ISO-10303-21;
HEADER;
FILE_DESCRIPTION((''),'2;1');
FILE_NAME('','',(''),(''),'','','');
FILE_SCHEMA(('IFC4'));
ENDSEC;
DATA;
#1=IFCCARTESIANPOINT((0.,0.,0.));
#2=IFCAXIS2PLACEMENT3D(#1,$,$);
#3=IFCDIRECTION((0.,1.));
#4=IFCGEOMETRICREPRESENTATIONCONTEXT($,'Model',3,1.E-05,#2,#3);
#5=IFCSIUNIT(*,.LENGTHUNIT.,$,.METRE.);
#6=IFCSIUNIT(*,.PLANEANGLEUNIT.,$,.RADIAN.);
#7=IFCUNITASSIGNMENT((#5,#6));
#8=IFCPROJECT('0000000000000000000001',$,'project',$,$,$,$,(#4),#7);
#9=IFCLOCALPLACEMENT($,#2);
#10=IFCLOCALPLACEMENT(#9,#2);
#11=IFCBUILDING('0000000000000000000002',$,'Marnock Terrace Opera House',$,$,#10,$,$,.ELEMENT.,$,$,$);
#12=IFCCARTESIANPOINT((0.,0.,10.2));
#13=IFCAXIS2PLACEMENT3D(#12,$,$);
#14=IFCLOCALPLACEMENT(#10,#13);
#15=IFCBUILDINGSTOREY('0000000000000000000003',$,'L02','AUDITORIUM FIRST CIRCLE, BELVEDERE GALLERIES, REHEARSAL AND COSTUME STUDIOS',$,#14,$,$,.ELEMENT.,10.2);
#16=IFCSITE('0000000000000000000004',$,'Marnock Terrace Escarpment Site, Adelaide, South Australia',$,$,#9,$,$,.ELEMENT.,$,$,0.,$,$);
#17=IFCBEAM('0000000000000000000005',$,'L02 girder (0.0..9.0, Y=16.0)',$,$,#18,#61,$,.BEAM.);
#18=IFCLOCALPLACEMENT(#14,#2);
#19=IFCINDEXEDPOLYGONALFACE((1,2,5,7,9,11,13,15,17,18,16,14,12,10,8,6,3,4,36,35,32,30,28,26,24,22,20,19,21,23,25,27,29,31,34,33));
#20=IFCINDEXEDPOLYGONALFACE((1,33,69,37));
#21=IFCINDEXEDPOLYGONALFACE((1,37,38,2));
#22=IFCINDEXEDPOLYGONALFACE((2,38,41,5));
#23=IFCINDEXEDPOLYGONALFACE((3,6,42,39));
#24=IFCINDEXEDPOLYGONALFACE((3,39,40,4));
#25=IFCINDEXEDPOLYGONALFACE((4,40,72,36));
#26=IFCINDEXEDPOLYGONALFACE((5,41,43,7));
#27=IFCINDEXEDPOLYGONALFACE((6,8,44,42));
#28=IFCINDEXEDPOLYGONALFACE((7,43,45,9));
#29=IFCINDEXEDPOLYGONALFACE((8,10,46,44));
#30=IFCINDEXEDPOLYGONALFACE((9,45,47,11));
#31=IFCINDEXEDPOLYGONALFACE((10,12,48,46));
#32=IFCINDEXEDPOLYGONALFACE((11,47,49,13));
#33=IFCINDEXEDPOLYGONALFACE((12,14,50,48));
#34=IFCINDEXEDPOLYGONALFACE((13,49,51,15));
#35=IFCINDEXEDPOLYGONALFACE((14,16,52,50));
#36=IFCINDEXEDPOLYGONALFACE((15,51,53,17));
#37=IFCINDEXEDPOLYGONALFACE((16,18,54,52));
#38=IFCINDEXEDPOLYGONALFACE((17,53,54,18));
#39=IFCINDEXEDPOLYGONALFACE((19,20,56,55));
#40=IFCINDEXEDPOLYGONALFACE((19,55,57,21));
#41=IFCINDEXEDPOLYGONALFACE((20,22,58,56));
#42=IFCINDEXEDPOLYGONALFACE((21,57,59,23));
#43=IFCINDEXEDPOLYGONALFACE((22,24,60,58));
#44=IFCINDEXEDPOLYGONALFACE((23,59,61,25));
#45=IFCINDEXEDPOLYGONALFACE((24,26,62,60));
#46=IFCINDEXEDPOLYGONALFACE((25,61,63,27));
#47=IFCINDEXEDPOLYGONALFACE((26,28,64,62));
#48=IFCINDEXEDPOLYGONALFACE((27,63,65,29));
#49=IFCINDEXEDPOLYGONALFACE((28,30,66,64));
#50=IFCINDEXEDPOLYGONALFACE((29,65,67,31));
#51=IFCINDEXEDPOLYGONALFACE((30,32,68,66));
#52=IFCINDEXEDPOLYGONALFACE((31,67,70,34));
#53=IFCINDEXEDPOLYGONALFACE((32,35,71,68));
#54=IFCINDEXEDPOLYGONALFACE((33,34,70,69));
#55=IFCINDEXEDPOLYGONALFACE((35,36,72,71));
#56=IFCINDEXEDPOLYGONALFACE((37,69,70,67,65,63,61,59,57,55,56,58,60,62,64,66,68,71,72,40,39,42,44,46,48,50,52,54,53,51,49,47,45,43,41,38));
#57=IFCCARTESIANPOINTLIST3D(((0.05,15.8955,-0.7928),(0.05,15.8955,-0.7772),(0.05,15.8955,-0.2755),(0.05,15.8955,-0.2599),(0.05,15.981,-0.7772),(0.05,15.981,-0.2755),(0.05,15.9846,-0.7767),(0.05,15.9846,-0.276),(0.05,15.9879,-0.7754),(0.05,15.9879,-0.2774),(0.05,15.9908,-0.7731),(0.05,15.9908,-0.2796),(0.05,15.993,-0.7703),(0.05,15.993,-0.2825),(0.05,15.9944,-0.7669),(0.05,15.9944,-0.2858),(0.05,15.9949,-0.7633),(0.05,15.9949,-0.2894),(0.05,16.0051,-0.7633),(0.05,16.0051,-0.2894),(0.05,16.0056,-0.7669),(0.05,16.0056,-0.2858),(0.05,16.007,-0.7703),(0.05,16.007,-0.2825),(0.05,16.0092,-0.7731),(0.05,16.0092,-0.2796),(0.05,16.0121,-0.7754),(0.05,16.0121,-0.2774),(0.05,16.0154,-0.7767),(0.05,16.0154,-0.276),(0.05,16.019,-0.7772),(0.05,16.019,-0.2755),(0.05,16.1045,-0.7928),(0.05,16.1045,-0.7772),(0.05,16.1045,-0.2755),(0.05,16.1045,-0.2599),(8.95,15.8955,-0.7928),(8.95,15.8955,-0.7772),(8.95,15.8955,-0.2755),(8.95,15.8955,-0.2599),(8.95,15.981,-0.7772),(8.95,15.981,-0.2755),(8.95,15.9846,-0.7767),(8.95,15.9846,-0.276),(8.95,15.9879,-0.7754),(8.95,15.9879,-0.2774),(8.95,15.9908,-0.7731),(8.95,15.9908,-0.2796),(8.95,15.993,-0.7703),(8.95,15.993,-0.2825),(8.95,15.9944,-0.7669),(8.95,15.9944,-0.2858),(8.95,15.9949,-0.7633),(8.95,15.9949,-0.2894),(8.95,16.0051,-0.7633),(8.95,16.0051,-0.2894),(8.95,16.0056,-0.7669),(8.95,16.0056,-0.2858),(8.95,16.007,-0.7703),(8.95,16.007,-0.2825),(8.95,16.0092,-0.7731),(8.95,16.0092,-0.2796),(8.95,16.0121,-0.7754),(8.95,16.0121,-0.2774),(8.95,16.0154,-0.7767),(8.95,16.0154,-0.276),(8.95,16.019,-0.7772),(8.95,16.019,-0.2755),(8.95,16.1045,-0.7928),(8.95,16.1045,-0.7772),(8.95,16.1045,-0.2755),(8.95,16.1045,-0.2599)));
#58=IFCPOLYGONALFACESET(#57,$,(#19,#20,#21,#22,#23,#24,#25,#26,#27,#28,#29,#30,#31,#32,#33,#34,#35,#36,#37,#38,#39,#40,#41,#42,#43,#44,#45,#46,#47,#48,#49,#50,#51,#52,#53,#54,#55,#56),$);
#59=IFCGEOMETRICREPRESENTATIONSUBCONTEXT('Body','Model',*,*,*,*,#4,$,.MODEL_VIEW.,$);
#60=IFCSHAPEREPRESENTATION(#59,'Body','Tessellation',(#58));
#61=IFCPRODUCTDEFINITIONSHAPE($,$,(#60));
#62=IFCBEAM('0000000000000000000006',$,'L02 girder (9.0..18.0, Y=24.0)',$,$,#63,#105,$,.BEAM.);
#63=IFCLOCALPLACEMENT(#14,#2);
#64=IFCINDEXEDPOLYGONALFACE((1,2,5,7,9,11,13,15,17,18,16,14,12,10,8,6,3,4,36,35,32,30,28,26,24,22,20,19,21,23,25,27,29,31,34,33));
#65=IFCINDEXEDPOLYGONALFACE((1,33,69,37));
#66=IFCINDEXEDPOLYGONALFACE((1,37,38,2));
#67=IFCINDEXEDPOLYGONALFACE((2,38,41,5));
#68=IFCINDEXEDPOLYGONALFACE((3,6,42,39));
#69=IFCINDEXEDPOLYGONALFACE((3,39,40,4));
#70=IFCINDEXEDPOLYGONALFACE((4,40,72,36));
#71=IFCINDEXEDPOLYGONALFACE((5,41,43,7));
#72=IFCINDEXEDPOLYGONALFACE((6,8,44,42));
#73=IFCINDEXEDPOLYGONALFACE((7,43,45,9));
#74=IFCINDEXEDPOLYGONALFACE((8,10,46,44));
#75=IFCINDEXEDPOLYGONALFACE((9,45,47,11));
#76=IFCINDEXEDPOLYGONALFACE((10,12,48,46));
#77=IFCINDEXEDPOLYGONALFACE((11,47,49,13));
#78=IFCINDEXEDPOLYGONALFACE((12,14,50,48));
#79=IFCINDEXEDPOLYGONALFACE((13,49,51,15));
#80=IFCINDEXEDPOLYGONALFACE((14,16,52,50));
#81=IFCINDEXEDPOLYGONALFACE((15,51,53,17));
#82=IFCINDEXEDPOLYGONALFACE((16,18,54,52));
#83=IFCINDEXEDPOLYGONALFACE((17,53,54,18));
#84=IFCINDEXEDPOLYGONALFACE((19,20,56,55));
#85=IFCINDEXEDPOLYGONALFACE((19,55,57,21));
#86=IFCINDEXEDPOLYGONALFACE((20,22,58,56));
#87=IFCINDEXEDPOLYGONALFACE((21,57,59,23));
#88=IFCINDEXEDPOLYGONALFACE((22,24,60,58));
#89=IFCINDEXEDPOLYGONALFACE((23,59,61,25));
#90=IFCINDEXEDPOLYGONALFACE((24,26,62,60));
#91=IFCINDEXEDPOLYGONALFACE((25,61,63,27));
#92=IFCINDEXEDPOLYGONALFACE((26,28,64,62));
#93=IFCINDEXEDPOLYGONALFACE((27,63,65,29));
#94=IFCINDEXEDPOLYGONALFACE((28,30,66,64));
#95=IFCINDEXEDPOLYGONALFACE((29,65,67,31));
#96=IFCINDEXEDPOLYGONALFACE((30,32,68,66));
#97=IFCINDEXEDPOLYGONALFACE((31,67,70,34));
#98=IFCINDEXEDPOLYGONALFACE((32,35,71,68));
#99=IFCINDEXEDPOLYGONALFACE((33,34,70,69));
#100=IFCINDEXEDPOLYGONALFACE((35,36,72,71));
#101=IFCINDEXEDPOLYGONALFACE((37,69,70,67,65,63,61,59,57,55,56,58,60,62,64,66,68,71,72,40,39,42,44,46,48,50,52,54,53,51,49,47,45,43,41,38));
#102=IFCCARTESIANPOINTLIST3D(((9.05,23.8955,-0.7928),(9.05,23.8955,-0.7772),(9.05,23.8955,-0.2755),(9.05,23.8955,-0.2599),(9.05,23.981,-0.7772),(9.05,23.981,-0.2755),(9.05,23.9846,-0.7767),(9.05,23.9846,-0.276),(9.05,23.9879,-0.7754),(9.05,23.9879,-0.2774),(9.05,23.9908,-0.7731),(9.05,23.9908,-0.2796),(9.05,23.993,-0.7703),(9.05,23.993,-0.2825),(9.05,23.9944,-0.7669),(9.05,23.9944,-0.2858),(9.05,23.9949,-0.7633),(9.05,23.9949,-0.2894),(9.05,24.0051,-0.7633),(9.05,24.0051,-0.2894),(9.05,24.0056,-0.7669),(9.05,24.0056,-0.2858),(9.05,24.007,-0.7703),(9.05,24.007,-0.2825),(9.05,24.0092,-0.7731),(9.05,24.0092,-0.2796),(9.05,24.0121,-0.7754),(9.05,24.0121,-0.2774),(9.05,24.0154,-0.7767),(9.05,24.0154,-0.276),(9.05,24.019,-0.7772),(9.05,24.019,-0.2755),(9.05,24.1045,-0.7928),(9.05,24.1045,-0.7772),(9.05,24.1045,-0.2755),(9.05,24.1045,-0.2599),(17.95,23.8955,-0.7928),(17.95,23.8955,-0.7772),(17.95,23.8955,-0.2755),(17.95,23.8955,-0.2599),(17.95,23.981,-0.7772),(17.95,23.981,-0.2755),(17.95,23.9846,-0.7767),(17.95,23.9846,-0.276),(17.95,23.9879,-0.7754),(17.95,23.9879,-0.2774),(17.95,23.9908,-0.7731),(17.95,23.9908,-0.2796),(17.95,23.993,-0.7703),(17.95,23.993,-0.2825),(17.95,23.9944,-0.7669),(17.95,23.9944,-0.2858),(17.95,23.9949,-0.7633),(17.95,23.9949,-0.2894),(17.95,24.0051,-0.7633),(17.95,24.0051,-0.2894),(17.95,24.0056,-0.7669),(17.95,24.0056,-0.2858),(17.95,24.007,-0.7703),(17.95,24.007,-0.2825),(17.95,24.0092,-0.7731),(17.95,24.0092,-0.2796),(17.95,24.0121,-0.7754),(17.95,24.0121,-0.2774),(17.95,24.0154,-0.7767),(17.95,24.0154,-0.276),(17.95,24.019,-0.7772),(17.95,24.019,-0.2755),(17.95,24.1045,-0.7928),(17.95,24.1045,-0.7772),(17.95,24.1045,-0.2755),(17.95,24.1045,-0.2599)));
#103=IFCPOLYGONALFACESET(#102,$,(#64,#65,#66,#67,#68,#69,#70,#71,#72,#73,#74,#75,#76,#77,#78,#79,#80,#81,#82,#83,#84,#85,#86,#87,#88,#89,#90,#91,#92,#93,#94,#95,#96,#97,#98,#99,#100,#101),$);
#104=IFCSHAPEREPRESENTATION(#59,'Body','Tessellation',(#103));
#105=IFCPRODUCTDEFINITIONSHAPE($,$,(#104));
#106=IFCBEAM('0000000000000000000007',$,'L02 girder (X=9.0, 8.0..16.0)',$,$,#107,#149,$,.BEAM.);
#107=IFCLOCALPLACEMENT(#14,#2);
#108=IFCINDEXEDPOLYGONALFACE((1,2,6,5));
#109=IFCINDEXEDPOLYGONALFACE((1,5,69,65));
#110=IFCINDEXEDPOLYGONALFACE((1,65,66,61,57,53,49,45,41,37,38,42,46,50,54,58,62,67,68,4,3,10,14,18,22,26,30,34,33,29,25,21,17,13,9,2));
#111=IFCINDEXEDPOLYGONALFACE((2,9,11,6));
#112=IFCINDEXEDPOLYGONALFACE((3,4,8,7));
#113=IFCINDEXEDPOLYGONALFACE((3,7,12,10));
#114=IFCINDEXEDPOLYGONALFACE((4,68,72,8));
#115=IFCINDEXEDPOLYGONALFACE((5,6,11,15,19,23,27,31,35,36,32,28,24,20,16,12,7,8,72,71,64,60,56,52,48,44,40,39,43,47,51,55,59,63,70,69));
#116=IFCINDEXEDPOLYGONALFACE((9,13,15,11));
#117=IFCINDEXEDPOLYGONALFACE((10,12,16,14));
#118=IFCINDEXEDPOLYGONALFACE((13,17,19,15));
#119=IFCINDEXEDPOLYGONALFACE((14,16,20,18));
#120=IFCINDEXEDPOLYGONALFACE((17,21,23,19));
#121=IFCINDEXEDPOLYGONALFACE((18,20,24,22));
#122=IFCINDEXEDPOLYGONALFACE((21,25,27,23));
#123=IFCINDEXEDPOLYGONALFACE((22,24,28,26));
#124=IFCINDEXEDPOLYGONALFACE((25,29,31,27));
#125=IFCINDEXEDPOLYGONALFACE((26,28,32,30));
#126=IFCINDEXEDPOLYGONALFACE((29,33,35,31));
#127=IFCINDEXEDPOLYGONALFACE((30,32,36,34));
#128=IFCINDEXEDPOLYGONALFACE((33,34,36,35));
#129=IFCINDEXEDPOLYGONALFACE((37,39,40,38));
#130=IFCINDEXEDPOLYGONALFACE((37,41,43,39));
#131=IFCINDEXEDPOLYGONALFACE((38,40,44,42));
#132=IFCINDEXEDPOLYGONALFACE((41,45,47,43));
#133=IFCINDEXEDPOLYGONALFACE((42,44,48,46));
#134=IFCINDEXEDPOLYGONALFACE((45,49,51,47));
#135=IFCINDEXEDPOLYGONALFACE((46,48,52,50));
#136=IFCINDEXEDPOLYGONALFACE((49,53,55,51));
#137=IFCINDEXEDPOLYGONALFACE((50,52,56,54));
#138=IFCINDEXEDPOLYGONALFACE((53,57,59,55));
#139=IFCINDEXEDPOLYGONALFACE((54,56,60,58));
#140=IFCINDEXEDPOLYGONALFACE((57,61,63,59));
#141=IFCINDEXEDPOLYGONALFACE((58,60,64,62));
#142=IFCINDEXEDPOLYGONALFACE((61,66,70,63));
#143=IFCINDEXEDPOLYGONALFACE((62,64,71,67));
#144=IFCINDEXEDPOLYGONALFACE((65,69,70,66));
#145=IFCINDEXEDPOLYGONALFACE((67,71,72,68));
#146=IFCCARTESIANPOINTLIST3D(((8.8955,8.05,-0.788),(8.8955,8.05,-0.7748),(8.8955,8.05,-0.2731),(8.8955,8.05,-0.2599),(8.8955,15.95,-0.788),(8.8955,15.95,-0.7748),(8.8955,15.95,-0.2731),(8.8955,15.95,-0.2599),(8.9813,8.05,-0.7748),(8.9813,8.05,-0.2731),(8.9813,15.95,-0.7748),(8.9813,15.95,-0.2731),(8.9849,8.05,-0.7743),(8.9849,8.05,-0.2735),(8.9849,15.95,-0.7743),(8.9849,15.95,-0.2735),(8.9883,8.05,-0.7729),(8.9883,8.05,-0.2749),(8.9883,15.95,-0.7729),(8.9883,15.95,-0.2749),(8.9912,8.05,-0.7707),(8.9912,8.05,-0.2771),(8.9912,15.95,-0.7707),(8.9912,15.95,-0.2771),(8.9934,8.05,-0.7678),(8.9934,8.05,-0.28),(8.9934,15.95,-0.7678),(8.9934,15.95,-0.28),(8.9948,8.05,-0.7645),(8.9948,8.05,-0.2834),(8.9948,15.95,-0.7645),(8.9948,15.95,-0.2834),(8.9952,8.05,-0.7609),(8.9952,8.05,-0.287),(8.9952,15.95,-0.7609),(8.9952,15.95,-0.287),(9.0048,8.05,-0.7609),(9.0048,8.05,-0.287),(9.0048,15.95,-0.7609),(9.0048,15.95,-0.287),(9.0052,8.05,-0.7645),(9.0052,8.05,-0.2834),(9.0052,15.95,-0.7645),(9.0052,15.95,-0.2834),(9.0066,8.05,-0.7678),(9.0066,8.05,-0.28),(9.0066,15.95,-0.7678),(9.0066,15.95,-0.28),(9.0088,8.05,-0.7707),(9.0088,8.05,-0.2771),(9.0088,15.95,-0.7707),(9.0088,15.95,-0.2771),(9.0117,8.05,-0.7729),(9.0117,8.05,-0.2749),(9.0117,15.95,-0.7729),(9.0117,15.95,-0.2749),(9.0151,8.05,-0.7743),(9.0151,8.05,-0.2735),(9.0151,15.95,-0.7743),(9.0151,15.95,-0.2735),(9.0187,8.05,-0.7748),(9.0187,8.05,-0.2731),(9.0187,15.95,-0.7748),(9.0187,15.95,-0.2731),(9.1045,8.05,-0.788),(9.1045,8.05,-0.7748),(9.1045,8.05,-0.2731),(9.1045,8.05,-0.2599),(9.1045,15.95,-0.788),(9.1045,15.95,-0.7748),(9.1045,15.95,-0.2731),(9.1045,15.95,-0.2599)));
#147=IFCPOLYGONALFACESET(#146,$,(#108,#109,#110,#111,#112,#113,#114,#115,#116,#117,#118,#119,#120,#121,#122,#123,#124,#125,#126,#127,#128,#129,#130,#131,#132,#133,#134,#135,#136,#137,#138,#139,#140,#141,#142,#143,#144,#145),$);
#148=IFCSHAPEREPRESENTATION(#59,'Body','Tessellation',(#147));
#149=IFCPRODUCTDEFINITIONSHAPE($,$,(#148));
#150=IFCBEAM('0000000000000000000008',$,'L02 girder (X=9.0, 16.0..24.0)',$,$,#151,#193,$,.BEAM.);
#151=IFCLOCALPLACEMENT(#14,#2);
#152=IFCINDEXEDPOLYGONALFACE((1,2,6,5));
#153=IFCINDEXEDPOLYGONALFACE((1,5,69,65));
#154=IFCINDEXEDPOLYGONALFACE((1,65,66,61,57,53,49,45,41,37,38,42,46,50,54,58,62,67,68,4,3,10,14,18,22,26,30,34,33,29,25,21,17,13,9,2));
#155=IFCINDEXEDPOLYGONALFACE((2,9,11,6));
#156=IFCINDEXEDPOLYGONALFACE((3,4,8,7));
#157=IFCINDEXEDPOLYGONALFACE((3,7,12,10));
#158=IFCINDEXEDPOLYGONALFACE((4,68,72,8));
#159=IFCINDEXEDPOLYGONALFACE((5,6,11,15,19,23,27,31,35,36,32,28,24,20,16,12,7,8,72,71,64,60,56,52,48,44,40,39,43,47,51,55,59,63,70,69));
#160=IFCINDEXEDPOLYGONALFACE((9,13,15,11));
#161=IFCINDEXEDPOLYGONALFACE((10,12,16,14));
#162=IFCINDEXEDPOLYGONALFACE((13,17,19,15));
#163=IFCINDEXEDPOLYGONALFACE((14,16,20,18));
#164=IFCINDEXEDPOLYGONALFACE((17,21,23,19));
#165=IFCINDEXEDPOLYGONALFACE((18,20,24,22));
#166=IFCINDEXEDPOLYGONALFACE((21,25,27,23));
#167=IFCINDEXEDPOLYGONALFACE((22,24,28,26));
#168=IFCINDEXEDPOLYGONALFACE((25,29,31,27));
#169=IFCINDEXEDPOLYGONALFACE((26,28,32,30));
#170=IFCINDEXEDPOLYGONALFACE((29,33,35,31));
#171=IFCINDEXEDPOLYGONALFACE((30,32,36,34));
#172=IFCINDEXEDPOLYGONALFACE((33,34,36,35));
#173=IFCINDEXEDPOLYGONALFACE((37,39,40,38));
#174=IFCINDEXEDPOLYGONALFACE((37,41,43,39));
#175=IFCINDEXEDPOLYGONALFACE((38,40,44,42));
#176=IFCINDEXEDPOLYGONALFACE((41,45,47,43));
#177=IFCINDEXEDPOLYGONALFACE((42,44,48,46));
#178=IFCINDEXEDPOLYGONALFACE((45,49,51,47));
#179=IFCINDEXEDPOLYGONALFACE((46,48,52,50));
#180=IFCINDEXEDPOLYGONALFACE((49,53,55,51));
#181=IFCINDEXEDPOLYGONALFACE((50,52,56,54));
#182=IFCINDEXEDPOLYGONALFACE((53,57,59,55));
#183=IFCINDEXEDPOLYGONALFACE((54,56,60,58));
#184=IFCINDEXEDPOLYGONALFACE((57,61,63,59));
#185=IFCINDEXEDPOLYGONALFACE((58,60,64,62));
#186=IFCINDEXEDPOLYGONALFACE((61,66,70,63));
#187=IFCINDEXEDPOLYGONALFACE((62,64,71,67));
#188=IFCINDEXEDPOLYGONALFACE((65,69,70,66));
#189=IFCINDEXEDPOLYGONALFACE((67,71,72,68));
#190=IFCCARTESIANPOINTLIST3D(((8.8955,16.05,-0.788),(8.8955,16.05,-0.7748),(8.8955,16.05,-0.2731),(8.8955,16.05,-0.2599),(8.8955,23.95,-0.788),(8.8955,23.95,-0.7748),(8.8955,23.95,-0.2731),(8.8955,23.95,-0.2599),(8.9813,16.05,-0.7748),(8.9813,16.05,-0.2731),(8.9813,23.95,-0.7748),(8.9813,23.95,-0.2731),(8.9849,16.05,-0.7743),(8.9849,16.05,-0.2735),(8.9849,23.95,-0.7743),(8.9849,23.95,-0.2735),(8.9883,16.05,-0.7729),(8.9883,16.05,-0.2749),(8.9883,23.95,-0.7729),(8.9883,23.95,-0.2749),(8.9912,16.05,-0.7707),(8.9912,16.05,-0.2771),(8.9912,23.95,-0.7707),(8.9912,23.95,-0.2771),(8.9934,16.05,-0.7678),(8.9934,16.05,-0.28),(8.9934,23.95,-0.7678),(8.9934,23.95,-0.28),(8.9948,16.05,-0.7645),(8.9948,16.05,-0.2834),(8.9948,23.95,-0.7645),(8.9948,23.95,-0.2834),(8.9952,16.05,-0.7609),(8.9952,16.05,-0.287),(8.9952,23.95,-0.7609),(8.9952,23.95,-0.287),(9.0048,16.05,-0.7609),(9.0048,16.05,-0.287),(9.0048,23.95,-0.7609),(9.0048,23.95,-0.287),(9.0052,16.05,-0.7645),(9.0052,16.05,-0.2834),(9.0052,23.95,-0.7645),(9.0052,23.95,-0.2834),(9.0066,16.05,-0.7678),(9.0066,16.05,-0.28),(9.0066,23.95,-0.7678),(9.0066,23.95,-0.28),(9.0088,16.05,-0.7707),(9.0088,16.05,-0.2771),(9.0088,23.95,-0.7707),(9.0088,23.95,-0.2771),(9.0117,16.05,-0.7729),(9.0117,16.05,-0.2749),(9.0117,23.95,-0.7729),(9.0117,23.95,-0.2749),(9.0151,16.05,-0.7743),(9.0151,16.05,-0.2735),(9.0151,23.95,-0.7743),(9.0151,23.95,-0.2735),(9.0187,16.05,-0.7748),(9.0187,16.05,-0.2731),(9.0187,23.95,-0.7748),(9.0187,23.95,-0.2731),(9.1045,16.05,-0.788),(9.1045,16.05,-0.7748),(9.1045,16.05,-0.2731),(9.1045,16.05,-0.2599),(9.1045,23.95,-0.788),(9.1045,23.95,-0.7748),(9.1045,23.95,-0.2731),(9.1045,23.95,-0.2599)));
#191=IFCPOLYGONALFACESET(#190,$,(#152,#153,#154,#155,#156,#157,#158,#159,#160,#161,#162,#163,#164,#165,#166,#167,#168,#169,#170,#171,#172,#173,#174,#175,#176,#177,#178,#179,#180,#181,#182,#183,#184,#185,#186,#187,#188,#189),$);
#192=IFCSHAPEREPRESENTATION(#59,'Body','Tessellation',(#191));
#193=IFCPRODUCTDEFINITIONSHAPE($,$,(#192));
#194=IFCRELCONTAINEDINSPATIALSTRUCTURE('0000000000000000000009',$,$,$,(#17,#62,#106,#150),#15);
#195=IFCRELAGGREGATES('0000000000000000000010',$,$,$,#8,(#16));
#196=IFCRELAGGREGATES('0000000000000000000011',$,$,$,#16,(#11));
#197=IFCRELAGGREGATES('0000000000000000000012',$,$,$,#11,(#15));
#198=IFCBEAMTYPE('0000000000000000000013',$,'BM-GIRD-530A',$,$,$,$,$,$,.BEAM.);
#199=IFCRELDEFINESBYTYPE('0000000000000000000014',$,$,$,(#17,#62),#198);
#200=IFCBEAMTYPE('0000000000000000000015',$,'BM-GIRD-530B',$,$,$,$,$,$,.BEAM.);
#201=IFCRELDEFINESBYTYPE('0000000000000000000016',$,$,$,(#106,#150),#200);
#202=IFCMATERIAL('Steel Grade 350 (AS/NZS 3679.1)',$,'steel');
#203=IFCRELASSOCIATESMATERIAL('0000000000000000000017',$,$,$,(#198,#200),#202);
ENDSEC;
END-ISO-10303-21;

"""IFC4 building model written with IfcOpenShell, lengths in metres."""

from ifc_helpers import new_model, si_unit, direction, frame, origin, origin_2d, place, context, subcontext, project, spatial, i_section, extrude, material, material_profile, profile_set, type_object, element, save


model = new_model("IFC4")

# Units and contexts
model_context = context("Model", 3, precision=1e-05, world=origin(), true_north=direction((0.0, 1.0)))
body_context = subcontext(model_context, "Body", "Model", "MODEL_VIEW")
ifc_project = project(units=[si_unit("LENGTHUNIT", "METRE"), si_unit("PLANEANGLEUNIT", "RADIAN")], contexts=[model_context])

# Site, building, storey
site_placement = place(None, origin())
site = spatial("IfcSite", under=ifc_project, at=site_placement, Name="Marnock Terrace Escarpment Site, Adelaide, South Australia", CompositionType="ELEMENT", RefElevation=0.0)
building_placement = place(site_placement, origin())
building = spatial("IfcBuilding", under=site, at=building_placement, Name="Marnock Terrace Opera House", CompositionType="ELEMENT")
storey_placement = place(building_placement, frame((0.0, 0.0, 10.2)))
storey = spatial("IfcBuildingStorey", under=building, at=storey_placement, Name="L02", Description="AUDITORIUM FIRST CIRCLE, BELVEDERE GALLERIES, REHEARSAL AND COSTUME STUDIOS", CompositionType="ELEMENT", Elevation=10.2)

# Shared definitions
ifc_material_1 = material(Name="Steel Grade 350 (AS/NZS 3679.1)", Category="steel")

# Beams
ifc_material_profile_1 = material_profile(ifc_material_1, i_section(OverallWidth=0.209, OverallDepth=0.533, WebThickness=0.0103, FlangeThickness=0.0156, FilletRadius=0.0139, at=origin_2d()))
ifc_profile_set_1 = profile_set([ifc_material_profile_1], Name="Steel Grade 350 (AS/NZS 3679.1)")
beam_type_1 = type_object("IfcBeamType", Name="BM-GIRD-530A", PredefinedType="BEAM", material=ifc_profile_set_1)
for number, where, z_axis, x_axis, name in (
    (1, (0.05, 16.0, -0.5264), (1.0, 0.0, 0.0), (0.0, 1.0, 0.0), "L02 girder (0.0..9.0, Y=16.0)"),
    (2, (9.05, 24.0, -0.5264), (1.0, 0.0, 0.0), (0.0, 1.0, 0.0), "L02 girder (9.0..18.0, Y=24.0)"),
):
    element("IfcBeam", number, at=place(storey_placement, frame(where, z_axis=z_axis, x_axis=x_axis)), inside=storey, type_object=beam_type_1, Name=name, PredefinedType="BEAM", context=body_context, shape_type="SweptSolid", body=[
        extrude(i_section(OverallWidth=0.209, OverallDepth=0.533, WebThickness=0.0103, FlangeThickness=0.0156, FilletRadius=0.0139, at=origin_2d()), origin(), (0.0, 0.0, 1.0), 8.8999),
    ])
ifc_material_profile_2 = material_profile(ifc_material_1, i_section(OverallWidth=0.209, OverallDepth=0.5281, WebThickness=0.0095, FlangeThickness=0.0132, FilletRadius=0.0139, at=origin_2d()))
ifc_profile_set_2 = profile_set([ifc_material_profile_2], Name="Steel Grade 350 (AS/NZS 3679.1)")
beam_type_2 = type_object("IfcBeamType", Name="BM-GIRD-530B", PredefinedType="BEAM", material=ifc_profile_set_2)
for number, where, z_axis, x_axis, name in (
    (3, (9.0, 8.05, -0.5239), (0.0, 1.0, 0.0), (-1.0, 0.0, 0.0), "L02 girder (X=9.0, 8.0..16.0)"),
    (4, (9.0, 16.05, -0.5239), (0.0, 1.0, 0.0), (-1.0, 0.0, 0.0), "L02 girder (X=9.0, 16.0..24.0)"),
):
    element("IfcBeam", number, at=place(storey_placement, frame(where, z_axis=z_axis, x_axis=x_axis)), inside=storey, type_object=beam_type_2, Name=name, PredefinedType="BEAM", context=body_context, shape_type="SweptSolid", body=[
        extrude(i_section(OverallWidth=0.209, OverallDepth=0.5281, WebThickness=0.0095, FlangeThickness=0.0132, FilletRadius=0.0139, at=origin_2d()), origin(), (0.0, 0.0, 1.0), 7.8999),
    ])

save(model, "model.ifc")
